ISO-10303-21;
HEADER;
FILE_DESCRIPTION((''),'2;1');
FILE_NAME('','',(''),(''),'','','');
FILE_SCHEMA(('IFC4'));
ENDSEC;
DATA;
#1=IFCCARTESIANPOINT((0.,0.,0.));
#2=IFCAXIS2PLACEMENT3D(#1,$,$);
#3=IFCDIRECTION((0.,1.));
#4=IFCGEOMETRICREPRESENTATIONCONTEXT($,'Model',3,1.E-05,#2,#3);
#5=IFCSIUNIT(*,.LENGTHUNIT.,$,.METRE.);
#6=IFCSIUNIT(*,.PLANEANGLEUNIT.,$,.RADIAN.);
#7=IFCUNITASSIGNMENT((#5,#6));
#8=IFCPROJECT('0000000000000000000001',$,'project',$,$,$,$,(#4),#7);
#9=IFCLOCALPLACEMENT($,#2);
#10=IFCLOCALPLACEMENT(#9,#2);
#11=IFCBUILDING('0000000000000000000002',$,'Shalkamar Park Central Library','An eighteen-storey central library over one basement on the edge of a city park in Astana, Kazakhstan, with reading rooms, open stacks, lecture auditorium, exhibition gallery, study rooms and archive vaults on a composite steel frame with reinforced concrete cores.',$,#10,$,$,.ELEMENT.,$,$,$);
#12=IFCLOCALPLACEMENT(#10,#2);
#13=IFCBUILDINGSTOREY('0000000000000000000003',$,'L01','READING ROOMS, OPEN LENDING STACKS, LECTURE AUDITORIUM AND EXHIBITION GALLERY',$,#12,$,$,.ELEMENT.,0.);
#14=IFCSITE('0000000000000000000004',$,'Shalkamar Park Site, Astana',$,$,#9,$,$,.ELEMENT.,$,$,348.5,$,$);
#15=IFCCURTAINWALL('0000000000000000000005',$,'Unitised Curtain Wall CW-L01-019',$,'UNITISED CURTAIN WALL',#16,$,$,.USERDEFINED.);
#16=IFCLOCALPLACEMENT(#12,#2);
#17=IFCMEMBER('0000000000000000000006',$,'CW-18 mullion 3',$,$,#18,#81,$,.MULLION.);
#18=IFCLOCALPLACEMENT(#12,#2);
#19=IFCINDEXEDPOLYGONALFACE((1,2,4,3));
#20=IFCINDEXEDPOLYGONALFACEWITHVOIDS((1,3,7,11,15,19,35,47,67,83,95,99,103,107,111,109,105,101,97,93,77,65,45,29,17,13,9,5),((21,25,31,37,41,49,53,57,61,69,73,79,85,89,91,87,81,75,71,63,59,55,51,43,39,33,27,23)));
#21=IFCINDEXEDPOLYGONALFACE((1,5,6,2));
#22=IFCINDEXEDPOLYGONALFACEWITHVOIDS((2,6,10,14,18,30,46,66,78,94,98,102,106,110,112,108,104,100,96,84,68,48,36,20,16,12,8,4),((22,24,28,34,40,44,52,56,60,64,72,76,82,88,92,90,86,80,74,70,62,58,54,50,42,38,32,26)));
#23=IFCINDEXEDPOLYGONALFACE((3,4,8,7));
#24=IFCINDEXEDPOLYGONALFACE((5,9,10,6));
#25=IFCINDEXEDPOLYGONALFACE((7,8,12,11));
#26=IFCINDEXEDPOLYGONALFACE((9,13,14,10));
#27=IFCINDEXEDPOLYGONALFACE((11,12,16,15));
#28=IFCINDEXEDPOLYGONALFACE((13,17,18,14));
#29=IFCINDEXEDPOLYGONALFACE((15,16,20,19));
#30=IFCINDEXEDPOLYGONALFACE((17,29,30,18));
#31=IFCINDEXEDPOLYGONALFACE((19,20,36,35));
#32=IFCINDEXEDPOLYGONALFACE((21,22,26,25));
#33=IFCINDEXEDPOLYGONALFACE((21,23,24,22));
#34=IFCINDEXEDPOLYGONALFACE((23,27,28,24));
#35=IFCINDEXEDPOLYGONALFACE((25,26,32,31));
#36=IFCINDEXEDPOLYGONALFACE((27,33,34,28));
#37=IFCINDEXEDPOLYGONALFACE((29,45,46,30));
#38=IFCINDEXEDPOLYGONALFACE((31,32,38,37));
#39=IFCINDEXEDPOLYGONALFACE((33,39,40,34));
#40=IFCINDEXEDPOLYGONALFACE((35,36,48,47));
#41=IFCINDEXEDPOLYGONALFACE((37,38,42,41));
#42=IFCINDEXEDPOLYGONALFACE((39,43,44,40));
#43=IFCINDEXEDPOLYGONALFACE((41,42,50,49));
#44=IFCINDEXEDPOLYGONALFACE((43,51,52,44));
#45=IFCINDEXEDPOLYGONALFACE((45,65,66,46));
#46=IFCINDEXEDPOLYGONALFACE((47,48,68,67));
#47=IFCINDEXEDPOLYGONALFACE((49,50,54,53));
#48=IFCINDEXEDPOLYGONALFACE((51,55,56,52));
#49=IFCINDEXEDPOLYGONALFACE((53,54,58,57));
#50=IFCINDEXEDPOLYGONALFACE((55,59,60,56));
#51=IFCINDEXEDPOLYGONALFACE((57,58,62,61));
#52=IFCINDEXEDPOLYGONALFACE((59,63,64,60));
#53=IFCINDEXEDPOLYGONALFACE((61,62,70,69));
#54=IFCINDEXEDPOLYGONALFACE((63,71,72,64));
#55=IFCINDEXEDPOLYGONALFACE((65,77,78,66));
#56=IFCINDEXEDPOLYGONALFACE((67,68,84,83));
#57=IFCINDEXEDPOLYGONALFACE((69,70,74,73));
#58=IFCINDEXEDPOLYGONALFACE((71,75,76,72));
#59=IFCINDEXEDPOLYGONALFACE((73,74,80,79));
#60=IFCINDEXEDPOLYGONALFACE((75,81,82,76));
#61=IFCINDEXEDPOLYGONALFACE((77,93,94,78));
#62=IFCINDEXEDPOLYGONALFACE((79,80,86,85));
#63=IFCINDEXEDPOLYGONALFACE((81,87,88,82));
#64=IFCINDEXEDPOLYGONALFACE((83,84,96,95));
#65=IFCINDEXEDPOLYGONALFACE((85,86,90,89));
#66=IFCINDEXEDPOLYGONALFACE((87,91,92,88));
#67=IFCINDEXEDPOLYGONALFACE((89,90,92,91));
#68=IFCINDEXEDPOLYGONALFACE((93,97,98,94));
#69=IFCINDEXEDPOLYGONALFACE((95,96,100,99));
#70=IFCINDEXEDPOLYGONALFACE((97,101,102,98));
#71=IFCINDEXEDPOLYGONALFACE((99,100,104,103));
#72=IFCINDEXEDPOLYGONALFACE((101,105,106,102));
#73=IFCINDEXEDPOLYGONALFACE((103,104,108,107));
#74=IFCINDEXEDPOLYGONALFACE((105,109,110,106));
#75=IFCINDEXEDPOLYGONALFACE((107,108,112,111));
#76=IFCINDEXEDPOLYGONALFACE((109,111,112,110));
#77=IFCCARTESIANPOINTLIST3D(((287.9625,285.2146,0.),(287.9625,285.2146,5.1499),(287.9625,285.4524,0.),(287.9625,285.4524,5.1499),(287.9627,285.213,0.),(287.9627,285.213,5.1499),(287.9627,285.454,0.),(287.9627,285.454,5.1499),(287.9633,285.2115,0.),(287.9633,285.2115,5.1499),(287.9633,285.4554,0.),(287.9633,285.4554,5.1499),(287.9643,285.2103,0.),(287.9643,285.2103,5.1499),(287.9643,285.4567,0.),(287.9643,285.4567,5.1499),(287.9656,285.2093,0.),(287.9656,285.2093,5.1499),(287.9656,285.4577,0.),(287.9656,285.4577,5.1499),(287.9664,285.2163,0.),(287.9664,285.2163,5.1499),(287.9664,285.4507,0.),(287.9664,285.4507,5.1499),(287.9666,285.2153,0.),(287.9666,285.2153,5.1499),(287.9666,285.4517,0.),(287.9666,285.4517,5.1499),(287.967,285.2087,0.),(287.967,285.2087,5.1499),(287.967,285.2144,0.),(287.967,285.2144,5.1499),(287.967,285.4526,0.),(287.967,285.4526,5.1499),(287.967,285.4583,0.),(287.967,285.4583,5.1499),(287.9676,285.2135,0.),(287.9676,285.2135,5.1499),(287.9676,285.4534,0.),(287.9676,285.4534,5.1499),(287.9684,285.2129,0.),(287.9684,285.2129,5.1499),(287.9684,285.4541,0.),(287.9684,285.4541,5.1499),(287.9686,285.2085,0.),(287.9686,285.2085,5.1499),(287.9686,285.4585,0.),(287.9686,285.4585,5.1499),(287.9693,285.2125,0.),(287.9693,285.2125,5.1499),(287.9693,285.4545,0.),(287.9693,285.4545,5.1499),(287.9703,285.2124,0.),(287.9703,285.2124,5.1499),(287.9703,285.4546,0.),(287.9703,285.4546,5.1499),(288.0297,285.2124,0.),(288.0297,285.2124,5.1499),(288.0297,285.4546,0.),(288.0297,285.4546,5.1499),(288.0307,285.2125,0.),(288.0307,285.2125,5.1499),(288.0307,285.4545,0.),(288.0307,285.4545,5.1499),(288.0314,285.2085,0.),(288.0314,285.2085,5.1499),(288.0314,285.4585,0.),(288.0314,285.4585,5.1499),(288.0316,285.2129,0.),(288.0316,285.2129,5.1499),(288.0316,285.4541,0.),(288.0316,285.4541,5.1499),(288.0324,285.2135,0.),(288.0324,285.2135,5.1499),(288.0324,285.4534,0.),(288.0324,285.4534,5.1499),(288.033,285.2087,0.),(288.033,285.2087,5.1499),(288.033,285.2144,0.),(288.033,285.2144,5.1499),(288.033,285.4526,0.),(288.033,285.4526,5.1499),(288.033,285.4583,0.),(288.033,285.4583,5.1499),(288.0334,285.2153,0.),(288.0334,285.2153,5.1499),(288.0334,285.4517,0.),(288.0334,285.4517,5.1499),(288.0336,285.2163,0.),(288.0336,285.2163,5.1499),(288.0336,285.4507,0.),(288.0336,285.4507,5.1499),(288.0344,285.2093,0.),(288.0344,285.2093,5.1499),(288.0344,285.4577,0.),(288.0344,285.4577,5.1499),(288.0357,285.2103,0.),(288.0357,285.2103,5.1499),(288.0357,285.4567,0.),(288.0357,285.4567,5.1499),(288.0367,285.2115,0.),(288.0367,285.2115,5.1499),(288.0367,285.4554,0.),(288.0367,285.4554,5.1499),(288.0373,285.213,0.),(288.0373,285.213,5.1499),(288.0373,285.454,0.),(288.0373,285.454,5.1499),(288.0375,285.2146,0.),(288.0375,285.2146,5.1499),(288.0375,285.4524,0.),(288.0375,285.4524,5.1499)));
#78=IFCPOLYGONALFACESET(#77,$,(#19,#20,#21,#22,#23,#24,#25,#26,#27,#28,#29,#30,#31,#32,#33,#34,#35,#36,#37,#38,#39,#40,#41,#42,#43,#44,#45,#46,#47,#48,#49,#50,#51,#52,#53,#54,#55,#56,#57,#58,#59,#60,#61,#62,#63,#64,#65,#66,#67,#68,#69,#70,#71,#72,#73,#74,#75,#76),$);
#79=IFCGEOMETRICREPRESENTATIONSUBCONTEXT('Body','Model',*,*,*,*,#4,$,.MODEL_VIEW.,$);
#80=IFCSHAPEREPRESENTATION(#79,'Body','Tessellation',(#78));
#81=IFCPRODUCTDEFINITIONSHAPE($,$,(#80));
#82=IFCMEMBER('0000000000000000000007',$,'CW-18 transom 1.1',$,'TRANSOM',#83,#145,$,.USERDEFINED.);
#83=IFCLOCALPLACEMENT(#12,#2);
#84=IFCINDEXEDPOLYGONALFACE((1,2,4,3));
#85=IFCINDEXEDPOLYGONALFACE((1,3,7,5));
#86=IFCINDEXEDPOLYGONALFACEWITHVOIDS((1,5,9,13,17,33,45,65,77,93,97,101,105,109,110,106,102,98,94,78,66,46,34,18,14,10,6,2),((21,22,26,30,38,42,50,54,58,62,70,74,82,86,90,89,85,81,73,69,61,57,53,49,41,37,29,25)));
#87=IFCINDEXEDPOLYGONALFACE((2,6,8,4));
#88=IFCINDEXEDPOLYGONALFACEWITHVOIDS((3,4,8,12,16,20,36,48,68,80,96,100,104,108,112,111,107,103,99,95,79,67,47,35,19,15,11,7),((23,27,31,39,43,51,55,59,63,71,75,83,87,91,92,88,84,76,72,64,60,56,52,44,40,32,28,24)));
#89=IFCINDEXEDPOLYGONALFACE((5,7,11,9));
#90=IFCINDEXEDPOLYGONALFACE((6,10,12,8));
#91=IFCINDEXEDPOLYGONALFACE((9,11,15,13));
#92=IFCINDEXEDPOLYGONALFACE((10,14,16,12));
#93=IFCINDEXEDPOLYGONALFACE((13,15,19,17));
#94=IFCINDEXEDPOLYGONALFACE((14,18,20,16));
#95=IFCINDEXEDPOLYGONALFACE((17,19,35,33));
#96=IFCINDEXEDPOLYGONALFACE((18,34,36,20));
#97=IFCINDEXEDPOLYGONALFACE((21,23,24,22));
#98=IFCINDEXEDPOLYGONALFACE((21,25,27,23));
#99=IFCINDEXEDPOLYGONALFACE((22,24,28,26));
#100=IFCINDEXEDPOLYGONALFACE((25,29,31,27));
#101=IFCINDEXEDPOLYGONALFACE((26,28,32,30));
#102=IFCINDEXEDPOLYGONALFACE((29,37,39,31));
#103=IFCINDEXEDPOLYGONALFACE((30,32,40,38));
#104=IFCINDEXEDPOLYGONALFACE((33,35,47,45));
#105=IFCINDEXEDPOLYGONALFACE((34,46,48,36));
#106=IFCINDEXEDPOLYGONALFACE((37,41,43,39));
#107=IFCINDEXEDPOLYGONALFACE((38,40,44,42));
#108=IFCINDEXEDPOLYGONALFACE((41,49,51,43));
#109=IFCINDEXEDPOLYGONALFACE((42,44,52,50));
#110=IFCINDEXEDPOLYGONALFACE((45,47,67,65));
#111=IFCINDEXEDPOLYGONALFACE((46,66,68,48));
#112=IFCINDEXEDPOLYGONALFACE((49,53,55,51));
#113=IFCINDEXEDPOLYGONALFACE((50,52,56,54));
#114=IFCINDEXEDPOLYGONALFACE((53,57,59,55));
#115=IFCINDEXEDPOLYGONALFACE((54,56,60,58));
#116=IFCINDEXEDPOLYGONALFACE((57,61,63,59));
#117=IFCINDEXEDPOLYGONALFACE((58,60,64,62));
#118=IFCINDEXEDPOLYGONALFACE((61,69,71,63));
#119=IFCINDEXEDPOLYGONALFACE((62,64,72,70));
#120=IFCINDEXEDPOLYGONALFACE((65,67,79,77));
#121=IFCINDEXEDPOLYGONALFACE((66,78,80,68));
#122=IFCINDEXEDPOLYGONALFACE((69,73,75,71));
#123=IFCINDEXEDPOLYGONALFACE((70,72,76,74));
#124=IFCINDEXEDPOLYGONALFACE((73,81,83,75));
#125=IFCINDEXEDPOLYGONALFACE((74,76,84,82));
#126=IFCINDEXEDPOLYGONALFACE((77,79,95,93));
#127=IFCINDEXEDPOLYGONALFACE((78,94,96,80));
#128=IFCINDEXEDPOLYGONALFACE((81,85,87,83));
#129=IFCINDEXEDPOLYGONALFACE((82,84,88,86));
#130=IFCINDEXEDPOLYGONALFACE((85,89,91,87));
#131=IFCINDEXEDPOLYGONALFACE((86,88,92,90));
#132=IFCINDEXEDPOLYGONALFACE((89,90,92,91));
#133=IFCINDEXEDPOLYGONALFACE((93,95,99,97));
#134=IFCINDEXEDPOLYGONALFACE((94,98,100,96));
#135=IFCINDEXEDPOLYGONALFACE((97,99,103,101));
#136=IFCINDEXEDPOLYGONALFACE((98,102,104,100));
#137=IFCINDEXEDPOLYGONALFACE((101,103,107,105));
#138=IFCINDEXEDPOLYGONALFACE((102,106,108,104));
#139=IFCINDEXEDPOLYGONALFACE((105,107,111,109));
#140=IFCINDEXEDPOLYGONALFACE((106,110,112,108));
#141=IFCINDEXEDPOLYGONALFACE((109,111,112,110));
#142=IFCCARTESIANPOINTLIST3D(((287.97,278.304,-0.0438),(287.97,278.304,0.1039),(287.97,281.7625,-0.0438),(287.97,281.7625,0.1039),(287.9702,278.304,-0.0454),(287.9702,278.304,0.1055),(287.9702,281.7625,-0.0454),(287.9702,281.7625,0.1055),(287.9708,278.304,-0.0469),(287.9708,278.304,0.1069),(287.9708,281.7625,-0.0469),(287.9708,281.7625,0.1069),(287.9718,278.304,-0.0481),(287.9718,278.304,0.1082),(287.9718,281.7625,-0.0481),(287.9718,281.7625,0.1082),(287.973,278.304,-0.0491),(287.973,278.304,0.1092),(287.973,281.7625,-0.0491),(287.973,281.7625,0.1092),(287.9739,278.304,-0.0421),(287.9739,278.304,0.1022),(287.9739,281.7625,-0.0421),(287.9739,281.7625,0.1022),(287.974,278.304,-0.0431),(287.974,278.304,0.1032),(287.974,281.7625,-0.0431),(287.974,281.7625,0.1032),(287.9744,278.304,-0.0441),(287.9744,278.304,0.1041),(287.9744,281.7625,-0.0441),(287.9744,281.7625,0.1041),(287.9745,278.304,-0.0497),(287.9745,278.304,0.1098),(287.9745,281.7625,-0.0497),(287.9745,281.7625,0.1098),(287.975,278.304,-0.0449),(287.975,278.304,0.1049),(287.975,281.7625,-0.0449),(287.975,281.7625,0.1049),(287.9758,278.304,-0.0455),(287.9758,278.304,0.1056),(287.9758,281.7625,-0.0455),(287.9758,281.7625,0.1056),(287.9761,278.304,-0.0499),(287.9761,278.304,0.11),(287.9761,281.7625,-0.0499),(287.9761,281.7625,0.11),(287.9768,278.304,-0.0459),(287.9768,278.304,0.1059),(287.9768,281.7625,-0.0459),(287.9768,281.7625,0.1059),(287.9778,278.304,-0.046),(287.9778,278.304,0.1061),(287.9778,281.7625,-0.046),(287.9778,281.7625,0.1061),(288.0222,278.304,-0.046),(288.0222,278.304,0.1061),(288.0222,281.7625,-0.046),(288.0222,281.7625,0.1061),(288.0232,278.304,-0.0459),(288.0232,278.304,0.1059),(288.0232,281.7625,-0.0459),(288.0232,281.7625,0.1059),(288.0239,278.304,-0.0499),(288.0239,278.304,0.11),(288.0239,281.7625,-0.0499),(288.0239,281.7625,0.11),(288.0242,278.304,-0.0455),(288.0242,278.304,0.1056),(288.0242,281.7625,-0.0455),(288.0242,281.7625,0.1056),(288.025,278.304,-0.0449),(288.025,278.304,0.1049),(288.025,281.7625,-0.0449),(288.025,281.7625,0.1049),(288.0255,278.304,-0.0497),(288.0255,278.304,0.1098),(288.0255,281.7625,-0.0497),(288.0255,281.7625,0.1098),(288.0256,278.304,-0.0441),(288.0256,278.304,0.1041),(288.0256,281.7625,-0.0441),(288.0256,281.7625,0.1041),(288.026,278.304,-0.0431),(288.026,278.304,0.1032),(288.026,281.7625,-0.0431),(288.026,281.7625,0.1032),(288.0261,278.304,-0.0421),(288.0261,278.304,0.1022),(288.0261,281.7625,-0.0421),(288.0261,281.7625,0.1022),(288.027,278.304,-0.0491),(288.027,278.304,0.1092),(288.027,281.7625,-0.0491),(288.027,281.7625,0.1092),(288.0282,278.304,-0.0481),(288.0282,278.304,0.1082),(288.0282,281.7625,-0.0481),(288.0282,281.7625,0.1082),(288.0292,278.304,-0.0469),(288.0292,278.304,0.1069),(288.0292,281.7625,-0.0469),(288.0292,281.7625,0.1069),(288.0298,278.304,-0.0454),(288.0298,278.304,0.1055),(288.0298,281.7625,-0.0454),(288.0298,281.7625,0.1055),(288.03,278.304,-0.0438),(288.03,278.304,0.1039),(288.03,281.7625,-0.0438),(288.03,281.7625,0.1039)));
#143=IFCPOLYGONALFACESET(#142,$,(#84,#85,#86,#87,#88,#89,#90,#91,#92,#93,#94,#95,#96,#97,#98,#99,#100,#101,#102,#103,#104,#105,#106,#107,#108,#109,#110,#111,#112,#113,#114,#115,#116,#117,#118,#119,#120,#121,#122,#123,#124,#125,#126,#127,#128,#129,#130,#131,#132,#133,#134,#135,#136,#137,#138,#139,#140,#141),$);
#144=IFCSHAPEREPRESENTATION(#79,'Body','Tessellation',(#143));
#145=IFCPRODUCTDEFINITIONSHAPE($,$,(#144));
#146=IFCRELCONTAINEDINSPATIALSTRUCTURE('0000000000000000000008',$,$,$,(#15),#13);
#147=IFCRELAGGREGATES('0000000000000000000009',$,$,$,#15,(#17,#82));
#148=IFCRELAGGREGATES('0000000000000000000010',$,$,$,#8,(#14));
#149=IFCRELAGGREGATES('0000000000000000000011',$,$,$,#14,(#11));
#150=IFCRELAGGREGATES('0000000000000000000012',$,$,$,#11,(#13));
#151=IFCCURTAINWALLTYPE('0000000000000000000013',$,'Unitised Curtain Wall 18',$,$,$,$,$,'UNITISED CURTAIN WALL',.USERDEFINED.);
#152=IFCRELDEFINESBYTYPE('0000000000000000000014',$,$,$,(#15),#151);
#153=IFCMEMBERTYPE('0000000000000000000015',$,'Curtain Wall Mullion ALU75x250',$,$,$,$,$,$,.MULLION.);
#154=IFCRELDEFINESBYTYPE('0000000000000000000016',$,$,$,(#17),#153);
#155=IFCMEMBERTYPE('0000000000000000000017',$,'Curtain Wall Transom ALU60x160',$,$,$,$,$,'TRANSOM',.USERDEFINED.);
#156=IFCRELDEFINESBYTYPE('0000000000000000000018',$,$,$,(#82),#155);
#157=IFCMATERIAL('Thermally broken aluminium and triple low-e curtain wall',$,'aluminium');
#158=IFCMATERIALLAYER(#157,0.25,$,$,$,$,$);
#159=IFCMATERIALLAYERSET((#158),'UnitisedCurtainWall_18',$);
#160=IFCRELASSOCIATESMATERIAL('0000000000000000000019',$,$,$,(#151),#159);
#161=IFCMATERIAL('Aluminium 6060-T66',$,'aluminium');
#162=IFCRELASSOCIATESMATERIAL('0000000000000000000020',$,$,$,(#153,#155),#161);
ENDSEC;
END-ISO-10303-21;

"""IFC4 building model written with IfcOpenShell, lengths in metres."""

from ifc_helpers import new_model, si_unit, direction, frame, origin, origin_2d, place, context, subcontext, project, spatial, hollow_rectangle, extrude, material, layer, layer_set, material_profile, profile_set, type_object, element, aggregate, save


model = new_model("IFC4")

# Units and contexts
model_context = context("Model", 3, precision=1e-05, world=origin(), true_north=direction((0.0, 1.0)))
body_context = subcontext(model_context, "Body", "Model", "MODEL_VIEW")
ifc_project = project(units=[si_unit("LENGTHUNIT", "METRE"), si_unit("PLANEANGLEUNIT", "RADIAN")], contexts=[model_context])

# Site, building, storey
site_placement = place(None, origin())
site = spatial("IfcSite", under=ifc_project, at=site_placement, Name="Shalkamar Park Site, Astana", CompositionType="ELEMENT", RefElevation=348.5)
building_placement = place(site_placement, origin())
building = spatial("IfcBuilding", under=site, at=building_placement, Name="Shalkamar Park Central Library", Description="An eighteen-storey central library over one basement on the edge of a city park in Astana, Kazakhstan, with reading rooms, open stacks, lecture auditorium, exhibition gallery, study rooms and archive vaults on a composite steel frame with reinforced concrete cores.", CompositionType="ELEMENT")
storey_placement = place(building_placement, origin())
storey = spatial("IfcBuildingStorey", under=building, at=storey_placement, Name="L01", Description="READING ROOMS, OPEN LENDING STACKS, LECTURE AUDITORIUM AND EXHIBITION GALLERY", CompositionType="ELEMENT", Elevation=0.0)

# Curtain wall, members
ifc_material_1 = material(Name="Thermally broken aluminium and triple low-e curtain wall", Category="aluminium")
ifc_layer_1 = layer(ifc_material_1, 0.25)
ifc_layer_set_1 = layer_set([ifc_layer_1], Name="UnitisedCurtainWall_18")
curtain_wall_type = type_object("IfcCurtainWallType", Name="Unitised Curtain Wall 18", ElementType="UNITISED CURTAIN WALL", PredefinedType="USERDEFINED", material=ifc_layer_set_1)
curtain_wall_placement = place(storey_placement, origin())
curtain_wall = element("IfcCurtainWall", 1, at=curtain_wall_placement, inside=storey, type_object=curtain_wall_type, Name="Unitised Curtain Wall CW-L01-019", ObjectType="UNITISED CURTAIN WALL", PredefinedType="USERDEFINED")
ifc_material_2 = material(Name="Aluminium 6060-T66", Category="aluminium")
ifc_material_profile_1 = material_profile(ifc_material_2, hollow_rectangle(XDim=0.075, YDim=0.25, WallThickness=0.0039, InnerFilletRadius=0.0039, OuterFilletRadius=0.0061, at=origin_2d()), Name="ALU 75x250x4")
ifc_profile_set_1 = profile_set([ifc_material_profile_1], Name="Aluminium 6060-T66")
member_type_1 = type_object("IfcMemberType", Name="Curtain Wall Mullion ALU75x250", PredefinedType="MULLION", material=ifc_profile_set_1)
member_1_placement = place(storey_placement, frame((288.0, 285.3335, 0.0), z_axis=(0.0, 0.0, 1.0), x_axis=(-1.0, 0.0, 0.0)))
member_1 = element("IfcMember", 2, at=member_1_placement, type_object=member_type_1, Name="CW-18 mullion 3", PredefinedType="MULLION", context=body_context, shape_type="SweptSolid", body=[
    extrude(hollow_rectangle(XDim=0.075, YDim=0.25, WallThickness=0.0039, InnerFilletRadius=0.0039, OuterFilletRadius=0.0061, at=origin_2d()), origin(), (0.0, 0.0, 1.0), 5.1499),
])
ifc_material_profile_2 = material_profile(ifc_material_2, hollow_rectangle(XDim=0.0601, YDim=0.1599, WallThickness=0.0039, InnerFilletRadius=0.0039, OuterFilletRadius=0.0061, at=origin_2d()), Name="ALU 60x160x4")
ifc_profile_set_2 = profile_set([ifc_material_profile_2], Name="Aluminium 6060-T66")
member_type_2 = type_object("IfcMemberType", Name="Curtain Wall Transom ALU60x160", ElementType="TRANSOM", PredefinedType="USERDEFINED", material=ifc_profile_set_2)
member_2_placement = place(storey_placement, frame((288.0, 278.304, 0.03), z_axis=(0.0, 1.0, 0.0), x_axis=(-1.0, 0.0, 0.0)))
member_2 = element("IfcMember", 3, at=member_2_placement, type_object=member_type_2, Name="CW-18 transom 1.1", ObjectType="TRANSOM", PredefinedType="USERDEFINED", context=body_context, shape_type="SweptSolid", body=[
    extrude(hollow_rectangle(XDim=0.0601, YDim=0.1599, WallThickness=0.0039, InnerFilletRadius=0.0039, OuterFilletRadius=0.0061, at=origin_2d()), origin(), (0.0, 0.0, 1.0), 3.4585),
])

aggregate(curtain_wall, [member_1, member_2])

save(model, "model.ifc")
